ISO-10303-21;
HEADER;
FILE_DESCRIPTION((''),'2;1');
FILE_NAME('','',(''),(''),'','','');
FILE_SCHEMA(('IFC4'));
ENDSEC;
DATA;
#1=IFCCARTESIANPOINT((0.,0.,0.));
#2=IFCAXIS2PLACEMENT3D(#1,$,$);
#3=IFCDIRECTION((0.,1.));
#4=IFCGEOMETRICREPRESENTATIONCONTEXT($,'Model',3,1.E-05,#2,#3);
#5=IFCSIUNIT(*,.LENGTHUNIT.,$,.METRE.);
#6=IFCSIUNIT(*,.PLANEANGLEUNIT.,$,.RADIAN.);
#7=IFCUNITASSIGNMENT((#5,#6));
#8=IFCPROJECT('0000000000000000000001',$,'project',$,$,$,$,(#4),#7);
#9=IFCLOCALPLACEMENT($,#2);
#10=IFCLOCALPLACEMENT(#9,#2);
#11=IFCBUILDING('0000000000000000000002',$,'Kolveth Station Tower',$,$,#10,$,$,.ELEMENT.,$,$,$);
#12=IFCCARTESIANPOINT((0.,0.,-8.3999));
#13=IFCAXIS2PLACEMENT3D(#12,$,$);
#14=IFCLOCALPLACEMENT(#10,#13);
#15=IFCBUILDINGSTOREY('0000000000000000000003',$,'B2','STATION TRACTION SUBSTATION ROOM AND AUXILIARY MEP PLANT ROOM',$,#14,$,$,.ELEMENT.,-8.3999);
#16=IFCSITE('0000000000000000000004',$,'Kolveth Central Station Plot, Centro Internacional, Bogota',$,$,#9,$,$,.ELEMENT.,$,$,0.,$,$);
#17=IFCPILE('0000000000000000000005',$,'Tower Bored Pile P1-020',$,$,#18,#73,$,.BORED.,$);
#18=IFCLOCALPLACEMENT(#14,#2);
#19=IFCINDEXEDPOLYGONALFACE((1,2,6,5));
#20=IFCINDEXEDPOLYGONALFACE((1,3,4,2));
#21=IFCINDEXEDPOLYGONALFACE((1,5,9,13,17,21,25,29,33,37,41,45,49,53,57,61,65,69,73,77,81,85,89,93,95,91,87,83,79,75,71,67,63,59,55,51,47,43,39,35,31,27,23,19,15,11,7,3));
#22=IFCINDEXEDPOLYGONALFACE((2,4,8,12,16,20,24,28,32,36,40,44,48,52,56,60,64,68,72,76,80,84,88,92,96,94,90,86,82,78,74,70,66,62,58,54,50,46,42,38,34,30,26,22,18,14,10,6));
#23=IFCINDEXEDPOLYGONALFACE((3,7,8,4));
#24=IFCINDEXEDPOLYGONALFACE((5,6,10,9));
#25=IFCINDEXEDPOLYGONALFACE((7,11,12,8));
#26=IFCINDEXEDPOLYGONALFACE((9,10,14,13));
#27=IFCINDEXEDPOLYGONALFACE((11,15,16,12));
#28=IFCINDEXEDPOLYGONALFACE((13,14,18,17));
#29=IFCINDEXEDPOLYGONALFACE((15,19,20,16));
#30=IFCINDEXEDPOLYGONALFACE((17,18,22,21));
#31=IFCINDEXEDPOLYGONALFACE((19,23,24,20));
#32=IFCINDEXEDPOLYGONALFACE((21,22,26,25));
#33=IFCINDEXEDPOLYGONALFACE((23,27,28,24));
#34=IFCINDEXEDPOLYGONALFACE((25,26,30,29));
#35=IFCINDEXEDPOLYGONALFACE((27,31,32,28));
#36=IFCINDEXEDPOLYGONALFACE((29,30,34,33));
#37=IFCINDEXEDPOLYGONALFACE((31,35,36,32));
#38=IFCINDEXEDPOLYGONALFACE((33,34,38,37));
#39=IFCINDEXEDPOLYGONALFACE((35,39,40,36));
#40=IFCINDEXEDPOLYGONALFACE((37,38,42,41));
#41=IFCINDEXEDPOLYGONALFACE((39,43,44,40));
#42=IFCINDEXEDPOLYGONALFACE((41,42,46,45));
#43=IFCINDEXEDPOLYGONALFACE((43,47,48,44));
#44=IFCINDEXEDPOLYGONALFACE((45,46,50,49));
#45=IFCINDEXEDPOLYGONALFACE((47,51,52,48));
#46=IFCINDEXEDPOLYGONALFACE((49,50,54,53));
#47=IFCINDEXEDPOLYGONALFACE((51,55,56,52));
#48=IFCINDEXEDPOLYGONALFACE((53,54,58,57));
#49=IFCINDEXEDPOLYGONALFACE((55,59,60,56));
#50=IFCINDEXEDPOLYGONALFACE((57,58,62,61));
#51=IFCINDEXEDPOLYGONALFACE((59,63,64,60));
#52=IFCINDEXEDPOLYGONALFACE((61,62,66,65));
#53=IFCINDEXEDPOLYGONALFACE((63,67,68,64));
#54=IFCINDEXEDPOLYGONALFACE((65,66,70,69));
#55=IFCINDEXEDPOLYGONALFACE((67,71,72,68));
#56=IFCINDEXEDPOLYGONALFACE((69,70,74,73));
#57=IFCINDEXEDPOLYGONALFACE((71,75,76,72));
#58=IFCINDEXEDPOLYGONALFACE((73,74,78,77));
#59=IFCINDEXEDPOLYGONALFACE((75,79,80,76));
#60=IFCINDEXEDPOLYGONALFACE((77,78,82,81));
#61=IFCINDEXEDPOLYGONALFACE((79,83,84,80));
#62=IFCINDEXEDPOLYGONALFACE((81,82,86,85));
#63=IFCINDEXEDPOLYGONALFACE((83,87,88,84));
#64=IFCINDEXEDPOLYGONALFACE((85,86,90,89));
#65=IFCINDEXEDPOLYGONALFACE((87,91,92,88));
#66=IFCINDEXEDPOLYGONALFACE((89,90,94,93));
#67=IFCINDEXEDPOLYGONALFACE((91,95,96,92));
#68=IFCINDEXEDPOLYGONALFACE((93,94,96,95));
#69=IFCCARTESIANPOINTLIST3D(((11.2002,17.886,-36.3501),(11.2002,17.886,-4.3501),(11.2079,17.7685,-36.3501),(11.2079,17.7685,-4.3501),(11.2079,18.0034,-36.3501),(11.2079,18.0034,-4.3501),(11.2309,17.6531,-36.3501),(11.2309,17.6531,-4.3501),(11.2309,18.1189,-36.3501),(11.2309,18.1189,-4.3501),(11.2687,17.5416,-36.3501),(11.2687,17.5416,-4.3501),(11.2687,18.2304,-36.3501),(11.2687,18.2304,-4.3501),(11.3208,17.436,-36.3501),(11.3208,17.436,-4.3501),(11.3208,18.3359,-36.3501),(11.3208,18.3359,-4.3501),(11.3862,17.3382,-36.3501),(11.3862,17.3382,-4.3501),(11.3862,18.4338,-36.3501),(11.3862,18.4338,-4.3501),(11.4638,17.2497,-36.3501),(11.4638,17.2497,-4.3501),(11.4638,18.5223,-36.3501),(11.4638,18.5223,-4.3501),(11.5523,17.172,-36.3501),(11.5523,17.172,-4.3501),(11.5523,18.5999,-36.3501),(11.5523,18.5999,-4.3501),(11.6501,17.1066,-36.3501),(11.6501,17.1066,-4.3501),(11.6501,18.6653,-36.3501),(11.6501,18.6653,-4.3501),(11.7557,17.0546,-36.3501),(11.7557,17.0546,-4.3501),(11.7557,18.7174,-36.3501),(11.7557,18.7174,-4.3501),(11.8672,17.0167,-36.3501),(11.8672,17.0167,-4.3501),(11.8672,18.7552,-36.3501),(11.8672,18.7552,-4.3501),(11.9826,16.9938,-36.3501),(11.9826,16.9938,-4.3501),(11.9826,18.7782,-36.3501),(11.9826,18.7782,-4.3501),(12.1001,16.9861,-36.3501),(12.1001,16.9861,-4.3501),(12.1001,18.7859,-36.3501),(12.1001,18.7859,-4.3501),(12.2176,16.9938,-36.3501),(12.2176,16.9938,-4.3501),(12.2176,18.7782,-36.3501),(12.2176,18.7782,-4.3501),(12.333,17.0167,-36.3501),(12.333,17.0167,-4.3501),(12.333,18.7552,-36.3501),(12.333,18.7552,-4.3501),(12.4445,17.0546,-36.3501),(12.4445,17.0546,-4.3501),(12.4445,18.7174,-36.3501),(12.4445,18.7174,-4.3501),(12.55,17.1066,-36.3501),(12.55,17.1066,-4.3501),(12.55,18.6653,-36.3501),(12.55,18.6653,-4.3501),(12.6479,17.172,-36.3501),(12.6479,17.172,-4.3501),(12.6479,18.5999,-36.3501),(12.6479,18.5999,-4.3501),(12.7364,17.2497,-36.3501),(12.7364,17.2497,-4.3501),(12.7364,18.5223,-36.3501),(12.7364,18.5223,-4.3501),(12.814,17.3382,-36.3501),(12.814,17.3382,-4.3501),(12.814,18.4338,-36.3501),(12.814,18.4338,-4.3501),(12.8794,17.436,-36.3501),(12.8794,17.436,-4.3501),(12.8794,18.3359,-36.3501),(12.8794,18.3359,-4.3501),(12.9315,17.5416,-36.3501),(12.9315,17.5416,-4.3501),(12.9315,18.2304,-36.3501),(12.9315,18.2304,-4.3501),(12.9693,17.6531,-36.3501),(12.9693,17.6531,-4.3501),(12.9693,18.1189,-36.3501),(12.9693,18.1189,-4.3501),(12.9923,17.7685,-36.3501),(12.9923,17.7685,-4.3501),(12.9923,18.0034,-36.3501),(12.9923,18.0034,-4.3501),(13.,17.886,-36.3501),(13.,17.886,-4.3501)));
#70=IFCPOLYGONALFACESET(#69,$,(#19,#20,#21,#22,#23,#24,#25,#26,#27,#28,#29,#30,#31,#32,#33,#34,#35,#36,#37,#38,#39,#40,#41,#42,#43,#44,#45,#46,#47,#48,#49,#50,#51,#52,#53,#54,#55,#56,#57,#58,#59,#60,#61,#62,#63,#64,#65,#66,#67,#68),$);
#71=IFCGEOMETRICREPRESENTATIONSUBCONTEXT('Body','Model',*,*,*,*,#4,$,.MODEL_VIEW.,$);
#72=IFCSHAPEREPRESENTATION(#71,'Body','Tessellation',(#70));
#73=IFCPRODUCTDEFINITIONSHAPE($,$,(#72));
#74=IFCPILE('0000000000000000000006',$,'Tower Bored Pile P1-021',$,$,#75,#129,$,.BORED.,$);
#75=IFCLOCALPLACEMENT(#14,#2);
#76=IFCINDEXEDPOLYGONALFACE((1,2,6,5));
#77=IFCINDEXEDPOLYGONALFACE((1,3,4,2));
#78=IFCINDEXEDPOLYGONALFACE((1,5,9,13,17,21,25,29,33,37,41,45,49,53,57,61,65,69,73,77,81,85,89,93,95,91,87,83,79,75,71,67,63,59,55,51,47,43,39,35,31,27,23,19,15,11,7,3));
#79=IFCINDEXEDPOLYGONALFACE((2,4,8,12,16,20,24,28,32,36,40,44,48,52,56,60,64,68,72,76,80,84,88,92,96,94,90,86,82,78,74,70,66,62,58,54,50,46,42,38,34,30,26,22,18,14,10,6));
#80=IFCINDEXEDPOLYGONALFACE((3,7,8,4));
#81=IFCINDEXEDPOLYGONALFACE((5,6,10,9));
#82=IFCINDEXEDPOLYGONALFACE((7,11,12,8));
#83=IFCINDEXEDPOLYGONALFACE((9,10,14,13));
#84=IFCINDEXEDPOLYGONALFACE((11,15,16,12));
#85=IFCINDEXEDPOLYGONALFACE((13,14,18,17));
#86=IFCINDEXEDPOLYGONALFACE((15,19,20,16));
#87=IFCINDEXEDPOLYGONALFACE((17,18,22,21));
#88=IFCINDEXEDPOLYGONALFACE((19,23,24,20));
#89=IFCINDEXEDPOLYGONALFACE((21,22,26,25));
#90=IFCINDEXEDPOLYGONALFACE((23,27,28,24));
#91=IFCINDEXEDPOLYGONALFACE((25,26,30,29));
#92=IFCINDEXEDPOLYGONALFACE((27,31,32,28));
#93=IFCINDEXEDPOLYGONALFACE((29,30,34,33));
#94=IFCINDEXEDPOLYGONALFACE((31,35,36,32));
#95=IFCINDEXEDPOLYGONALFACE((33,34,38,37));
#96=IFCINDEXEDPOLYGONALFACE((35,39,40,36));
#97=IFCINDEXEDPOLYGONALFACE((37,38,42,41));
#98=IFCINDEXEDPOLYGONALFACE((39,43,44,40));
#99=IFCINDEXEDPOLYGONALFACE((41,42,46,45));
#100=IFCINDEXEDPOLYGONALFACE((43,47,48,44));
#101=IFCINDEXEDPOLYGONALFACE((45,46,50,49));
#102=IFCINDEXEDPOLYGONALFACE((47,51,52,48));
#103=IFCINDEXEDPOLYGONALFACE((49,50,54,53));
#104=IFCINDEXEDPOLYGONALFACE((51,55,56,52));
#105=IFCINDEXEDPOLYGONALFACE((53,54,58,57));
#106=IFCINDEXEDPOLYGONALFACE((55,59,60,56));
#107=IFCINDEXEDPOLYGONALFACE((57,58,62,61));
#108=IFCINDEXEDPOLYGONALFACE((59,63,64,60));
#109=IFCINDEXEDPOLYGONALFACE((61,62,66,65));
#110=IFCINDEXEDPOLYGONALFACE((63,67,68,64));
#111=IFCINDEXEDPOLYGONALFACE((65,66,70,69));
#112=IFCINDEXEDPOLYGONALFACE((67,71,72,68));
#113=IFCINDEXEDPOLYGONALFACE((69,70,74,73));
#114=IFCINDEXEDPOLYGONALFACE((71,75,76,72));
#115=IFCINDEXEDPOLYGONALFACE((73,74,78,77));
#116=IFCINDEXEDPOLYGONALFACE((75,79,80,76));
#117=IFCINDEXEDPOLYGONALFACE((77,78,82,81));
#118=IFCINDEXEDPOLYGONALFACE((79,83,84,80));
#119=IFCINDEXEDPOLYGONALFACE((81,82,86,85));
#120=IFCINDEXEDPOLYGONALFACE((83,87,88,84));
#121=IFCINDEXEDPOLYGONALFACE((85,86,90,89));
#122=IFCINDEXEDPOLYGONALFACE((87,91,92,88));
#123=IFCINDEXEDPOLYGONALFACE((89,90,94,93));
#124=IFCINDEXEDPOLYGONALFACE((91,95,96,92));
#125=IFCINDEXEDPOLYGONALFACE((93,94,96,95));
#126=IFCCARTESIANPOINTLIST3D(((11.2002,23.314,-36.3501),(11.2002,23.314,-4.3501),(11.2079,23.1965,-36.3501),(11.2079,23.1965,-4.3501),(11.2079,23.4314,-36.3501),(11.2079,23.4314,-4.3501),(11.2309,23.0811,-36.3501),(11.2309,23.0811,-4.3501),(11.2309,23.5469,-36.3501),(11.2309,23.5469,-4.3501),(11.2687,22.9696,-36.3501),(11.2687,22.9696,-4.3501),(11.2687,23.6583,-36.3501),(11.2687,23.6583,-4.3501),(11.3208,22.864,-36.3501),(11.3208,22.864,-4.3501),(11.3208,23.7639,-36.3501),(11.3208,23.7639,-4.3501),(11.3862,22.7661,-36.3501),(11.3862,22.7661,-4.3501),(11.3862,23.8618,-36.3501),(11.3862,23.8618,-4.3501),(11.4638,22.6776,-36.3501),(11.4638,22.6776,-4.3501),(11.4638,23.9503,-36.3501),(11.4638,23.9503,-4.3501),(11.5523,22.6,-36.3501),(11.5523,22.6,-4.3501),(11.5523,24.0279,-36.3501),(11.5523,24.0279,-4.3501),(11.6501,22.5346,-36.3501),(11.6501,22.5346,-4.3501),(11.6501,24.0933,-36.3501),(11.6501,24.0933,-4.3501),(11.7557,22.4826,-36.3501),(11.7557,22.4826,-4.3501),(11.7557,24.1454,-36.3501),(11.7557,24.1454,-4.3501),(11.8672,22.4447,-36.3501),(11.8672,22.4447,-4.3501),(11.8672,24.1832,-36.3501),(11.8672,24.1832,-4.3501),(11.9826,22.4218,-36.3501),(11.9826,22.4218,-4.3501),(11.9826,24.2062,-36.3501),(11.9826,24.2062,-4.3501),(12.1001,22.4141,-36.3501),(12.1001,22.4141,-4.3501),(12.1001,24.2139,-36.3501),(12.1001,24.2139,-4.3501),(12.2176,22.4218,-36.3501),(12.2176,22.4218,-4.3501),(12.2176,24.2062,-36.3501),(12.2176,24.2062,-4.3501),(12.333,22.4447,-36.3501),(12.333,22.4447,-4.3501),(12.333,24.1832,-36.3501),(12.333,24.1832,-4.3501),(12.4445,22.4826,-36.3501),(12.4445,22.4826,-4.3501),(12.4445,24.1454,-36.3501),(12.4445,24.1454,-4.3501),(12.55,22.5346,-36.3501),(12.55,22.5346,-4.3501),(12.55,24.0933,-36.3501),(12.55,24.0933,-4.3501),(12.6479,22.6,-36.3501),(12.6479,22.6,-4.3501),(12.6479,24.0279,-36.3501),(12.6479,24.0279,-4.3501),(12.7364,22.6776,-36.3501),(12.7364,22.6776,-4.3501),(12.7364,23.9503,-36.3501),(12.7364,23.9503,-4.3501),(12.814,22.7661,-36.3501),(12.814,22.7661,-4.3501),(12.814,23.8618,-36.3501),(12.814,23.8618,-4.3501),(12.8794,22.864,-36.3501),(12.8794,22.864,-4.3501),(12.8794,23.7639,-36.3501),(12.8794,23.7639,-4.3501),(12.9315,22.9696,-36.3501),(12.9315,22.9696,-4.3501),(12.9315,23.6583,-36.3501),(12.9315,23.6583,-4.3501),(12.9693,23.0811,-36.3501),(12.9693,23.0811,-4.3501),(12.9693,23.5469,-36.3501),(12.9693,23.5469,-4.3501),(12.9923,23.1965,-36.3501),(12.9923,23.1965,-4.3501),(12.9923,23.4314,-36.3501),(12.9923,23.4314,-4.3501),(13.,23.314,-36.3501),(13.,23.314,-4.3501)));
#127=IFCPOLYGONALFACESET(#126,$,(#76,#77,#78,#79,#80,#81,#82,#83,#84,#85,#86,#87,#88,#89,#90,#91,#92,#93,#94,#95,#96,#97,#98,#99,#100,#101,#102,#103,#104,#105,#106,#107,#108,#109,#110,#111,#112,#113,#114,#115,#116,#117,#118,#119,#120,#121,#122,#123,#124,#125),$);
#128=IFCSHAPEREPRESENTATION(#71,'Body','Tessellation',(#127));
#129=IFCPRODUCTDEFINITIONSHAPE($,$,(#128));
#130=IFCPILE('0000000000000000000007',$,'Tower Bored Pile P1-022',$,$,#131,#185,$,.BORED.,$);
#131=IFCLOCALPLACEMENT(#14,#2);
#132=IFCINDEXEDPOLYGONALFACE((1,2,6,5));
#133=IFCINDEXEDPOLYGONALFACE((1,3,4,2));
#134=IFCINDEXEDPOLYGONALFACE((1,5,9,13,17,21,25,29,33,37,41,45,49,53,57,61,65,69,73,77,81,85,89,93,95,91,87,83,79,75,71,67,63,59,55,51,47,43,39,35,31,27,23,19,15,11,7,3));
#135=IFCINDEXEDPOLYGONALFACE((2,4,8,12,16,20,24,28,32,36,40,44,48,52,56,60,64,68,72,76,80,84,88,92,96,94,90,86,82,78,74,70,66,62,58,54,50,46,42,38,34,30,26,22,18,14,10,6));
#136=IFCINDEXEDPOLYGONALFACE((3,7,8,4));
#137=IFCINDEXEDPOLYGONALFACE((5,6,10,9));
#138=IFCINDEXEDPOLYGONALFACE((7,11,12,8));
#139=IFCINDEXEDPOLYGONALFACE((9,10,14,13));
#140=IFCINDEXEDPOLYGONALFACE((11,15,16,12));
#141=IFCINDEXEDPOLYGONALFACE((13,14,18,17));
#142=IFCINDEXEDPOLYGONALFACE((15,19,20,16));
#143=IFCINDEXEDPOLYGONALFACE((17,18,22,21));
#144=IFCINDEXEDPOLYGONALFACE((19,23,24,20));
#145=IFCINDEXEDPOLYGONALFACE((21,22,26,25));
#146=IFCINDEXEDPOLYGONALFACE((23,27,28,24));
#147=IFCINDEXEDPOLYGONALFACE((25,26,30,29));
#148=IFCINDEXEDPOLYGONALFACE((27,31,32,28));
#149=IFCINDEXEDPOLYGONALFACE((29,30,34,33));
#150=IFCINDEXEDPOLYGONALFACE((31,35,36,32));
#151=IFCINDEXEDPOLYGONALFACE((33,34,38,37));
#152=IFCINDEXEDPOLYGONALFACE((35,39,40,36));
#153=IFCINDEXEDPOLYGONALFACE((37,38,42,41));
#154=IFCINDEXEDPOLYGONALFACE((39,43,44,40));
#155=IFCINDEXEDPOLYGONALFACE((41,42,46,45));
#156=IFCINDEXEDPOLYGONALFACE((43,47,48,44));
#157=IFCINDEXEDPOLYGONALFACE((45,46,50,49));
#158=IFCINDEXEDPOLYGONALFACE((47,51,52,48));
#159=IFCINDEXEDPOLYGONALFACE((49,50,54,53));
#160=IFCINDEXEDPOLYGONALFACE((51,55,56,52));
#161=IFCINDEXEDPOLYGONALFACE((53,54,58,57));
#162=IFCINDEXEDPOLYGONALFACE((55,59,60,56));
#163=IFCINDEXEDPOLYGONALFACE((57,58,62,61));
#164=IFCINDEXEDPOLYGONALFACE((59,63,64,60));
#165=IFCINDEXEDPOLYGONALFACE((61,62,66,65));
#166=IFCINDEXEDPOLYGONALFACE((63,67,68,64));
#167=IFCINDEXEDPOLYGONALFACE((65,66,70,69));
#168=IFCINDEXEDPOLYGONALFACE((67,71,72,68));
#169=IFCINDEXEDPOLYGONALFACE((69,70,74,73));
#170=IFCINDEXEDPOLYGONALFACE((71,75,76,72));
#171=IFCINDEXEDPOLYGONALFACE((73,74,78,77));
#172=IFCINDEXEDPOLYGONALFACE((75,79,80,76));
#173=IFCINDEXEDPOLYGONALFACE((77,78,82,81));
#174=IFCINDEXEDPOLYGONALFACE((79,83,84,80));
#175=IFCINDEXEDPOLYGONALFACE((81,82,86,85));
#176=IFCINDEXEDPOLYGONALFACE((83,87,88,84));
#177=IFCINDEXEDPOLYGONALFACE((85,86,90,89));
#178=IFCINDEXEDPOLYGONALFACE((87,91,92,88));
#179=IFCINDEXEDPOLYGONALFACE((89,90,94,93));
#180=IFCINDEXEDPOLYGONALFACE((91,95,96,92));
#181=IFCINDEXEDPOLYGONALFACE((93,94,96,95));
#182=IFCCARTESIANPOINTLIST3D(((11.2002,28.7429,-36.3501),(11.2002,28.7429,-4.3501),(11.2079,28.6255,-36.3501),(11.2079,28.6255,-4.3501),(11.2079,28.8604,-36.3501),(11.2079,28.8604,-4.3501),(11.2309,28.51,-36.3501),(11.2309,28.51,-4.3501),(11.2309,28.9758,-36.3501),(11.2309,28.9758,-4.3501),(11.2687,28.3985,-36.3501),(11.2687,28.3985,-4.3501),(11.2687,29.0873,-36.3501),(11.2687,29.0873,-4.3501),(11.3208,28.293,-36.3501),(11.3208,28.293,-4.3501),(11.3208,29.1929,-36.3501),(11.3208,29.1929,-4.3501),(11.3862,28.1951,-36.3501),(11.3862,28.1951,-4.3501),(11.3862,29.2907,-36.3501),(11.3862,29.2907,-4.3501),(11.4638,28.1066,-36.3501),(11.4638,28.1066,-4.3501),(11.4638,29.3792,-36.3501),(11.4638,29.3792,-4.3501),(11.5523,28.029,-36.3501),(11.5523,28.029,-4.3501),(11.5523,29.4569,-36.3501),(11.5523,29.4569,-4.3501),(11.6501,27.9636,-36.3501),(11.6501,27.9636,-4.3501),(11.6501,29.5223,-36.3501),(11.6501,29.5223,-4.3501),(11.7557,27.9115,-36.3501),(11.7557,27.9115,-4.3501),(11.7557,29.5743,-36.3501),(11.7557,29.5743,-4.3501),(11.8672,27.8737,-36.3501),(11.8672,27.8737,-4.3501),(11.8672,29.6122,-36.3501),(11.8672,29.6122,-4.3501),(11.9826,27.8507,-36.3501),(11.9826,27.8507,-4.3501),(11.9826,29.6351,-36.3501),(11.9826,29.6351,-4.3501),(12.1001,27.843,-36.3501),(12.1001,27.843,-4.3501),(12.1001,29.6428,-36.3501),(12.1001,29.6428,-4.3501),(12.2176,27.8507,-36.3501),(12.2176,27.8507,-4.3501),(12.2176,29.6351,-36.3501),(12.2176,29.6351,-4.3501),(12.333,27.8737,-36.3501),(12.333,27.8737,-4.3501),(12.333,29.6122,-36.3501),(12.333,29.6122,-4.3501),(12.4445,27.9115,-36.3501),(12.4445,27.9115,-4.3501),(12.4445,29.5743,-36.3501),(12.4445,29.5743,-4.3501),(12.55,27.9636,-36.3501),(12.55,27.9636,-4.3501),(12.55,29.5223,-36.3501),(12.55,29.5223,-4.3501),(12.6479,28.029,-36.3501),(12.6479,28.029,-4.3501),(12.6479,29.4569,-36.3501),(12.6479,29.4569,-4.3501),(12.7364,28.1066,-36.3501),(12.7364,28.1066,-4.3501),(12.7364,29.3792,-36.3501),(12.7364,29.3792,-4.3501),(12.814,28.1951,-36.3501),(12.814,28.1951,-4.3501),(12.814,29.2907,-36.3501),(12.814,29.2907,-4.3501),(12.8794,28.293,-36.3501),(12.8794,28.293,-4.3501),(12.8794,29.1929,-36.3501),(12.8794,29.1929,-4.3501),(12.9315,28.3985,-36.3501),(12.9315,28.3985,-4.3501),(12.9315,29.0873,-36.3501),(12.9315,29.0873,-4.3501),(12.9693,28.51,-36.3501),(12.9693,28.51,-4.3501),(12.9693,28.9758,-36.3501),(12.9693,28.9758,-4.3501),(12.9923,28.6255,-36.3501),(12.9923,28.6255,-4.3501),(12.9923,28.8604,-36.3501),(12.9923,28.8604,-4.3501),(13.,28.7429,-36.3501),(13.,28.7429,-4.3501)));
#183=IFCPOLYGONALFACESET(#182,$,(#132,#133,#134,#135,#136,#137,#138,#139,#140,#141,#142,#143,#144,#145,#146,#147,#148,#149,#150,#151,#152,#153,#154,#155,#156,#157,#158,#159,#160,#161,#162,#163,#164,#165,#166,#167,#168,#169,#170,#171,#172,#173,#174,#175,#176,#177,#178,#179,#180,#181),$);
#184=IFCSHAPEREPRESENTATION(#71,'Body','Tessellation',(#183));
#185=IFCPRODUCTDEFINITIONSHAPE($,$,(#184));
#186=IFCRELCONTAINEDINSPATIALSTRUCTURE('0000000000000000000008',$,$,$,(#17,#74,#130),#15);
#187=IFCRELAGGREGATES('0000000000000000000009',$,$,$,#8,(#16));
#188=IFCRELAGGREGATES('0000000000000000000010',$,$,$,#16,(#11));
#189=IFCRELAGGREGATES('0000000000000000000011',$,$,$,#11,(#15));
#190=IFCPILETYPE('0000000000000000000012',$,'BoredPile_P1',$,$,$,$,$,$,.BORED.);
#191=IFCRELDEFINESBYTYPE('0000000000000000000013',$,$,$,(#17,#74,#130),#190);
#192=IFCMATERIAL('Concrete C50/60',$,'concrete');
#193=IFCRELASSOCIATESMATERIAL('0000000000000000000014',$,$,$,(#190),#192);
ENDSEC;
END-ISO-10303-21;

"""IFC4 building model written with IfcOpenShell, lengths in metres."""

from ifc_helpers import new_model, si_unit, direction, frame, origin, origin_2d, place, context, subcontext, project, spatial, circle, extrude, source, transform, mapped, material, material_profile, profile_set, type_object, element, save


model = new_model("IFC4")

# Units and contexts
model_context = context("Model", 3, precision=1e-05, world=origin(), true_north=direction((0.0, 1.0)))
body_context = subcontext(model_context, "Body", "Model", "MODEL_VIEW")
ifc_project = project(units=[si_unit("LENGTHUNIT", "METRE"), si_unit("PLANEANGLEUNIT", "RADIAN")], contexts=[model_context])

# Site, building, storey
site_placement = place(None, origin())
site = spatial("IfcSite", under=ifc_project, at=site_placement, Name="Kolveth Central Station Plot, Centro Internacional, Bogota", CompositionType="ELEMENT", RefElevation=0.0)
building_placement = place(site_placement, origin())
building = spatial("IfcBuilding", under=site, at=building_placement, Name="Kolveth Station Tower", CompositionType="ELEMENT")
storey_placement = place(building_placement, frame((0.0, 0.0, -8.3999)))
storey = spatial("IfcBuildingStorey", under=building, at=storey_placement, Name="B2", Description="STATION TRACTION SUBSTATION ROOM AND AUXILIARY MEP PLANT ROOM", CompositionType="ELEMENT", Elevation=-8.3999)

# Piles
ifc_material_1 = material(Name="Concrete C50/60", Category="concrete")
ifc_material_profile_1 = material_profile(ifc_material_1, circle(Radius=0.8999, at=origin_2d()), Name="PILE-D1800")
ifc_profile_set_1 = profile_set([ifc_material_profile_1], Name="Concrete C50/60")
pile_type_1 = type_object("IfcPileType", Name="BoredPile_P1", PredefinedType="BORED", material=ifc_profile_set_1)
shared_shape_1 = source(origin(), body_context, "Body", "SweptSolid", [
    extrude(circle(Radius=0.8999, at=origin_2d()), origin(), (0.0, 0.0, 1.0), 32.0),
])
for number, where, z_axis, x_axis, name in (
    (1, (12.1001, 17.886, -4.3501), (0.0, 0.0, -1.0), (1.0, 0.0, 0.0), "Tower Bored Pile P1-020"),
    (2, (12.1001, 23.314, -4.3501), (0.0, 0.0, -1.0), (1.0, 0.0, 0.0), "Tower Bored Pile P1-021"),
    (3, (12.1001, 28.7429, -4.3501), (0.0, 0.0, -1.0), (1.0, 0.0, 0.0), "Tower Bored Pile P1-022"),
):
    element("IfcPile", number, at=place(storey_placement, frame(where, z_axis=z_axis, x_axis=x_axis)), inside=storey, type_object=pile_type_1, Name=name, PredefinedType="BORED", context=body_context, shape_type="MappedRepresentation", body=[
        mapped(shared_shape_1, transform((0.0, 0.0, 0.0), x_axis=(1.0, 0.0, 0.0), y_axis=(0.0, 1.0, 0.0), z_axis=(0.0, 0.0, 1.0), scale=1.0)),
    ])

save(model, "model.ifc")
